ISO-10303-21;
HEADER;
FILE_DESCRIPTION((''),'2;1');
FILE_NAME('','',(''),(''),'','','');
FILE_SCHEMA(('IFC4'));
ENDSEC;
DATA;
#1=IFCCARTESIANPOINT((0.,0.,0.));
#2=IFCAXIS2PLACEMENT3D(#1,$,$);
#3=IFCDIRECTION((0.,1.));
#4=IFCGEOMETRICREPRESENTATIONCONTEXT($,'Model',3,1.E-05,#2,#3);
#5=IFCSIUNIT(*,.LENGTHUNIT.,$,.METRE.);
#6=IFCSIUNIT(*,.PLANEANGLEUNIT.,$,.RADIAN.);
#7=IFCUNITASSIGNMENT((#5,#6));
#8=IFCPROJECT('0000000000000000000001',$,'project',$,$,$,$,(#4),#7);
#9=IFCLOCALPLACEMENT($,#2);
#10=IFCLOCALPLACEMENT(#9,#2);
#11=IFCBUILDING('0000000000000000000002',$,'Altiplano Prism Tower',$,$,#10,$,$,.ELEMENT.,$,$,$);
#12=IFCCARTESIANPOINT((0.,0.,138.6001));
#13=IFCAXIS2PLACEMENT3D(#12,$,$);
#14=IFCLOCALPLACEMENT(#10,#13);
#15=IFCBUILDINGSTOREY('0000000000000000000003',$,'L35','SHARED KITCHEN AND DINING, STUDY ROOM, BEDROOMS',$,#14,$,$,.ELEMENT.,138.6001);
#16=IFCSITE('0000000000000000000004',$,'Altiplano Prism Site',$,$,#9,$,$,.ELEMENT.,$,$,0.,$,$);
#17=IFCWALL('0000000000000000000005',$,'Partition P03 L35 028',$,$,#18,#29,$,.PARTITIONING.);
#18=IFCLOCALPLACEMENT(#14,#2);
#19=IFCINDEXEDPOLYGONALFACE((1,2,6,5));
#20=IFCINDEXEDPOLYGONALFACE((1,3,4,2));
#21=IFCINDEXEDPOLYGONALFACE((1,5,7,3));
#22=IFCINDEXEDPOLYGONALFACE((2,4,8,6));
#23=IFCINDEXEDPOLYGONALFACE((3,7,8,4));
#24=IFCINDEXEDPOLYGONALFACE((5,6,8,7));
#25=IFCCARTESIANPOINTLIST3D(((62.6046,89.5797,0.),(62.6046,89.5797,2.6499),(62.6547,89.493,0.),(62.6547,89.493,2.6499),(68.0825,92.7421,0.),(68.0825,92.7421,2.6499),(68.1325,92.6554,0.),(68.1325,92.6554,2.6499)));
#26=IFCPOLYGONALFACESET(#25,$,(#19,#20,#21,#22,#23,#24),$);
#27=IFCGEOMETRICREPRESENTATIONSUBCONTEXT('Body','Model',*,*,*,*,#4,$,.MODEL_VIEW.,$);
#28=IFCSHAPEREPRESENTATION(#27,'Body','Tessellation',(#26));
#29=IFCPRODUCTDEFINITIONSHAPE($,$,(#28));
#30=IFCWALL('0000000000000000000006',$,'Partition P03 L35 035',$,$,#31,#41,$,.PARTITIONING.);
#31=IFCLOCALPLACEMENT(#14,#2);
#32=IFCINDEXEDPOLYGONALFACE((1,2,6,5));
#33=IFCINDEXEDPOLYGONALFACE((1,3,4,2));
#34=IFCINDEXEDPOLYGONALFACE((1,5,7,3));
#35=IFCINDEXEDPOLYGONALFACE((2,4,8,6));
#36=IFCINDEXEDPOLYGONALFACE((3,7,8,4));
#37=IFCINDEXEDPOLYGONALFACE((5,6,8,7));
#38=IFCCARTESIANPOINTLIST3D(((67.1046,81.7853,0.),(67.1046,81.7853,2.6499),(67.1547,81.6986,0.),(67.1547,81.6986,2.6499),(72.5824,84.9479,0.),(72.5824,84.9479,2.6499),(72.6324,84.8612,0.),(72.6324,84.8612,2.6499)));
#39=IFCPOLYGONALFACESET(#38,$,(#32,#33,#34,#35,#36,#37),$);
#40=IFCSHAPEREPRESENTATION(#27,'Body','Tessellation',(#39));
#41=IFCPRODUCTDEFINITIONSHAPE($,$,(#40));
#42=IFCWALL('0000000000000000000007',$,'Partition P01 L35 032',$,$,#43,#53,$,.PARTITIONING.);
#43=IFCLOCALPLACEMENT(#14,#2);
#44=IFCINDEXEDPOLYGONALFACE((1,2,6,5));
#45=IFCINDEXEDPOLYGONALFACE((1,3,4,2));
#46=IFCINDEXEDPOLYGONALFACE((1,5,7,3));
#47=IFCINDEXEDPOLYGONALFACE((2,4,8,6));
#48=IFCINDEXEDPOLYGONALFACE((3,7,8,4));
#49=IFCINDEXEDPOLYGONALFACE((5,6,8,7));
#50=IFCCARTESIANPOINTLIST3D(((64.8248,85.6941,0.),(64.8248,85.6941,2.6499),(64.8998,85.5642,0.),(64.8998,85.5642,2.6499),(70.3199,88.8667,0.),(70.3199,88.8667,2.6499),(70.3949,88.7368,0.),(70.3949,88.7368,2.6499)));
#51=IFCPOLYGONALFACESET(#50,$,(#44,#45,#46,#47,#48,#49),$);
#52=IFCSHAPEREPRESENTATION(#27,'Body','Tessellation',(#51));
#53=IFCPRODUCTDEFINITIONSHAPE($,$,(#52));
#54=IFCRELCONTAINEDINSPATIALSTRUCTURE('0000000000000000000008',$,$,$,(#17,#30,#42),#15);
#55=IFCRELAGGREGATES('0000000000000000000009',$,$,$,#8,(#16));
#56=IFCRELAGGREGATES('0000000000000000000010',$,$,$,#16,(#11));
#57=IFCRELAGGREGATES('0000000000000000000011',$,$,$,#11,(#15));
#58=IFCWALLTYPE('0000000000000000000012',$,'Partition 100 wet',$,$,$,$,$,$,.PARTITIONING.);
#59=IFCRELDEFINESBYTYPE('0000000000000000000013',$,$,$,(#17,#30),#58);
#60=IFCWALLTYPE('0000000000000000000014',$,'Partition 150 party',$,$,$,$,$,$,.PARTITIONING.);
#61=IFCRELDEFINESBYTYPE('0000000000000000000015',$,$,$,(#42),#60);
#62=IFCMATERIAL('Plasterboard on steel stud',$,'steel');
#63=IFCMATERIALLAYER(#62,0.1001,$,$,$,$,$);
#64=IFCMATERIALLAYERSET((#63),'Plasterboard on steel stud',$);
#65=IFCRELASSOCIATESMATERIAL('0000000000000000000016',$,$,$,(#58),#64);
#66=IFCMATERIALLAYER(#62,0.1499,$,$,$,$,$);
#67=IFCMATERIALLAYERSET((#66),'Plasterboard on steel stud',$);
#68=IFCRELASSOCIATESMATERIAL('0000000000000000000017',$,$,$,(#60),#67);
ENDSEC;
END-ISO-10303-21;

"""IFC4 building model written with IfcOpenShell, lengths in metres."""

from ifc_helpers import new_model, si_unit, direction, frame, frame_2d, origin, place, context, subcontext, project, spatial, rectangle, extrude, material, layer, layer_set, type_object, element, save


model = new_model("IFC4")

# Units and contexts
model_context = context("Model", 3, precision=1e-05, world=origin(), true_north=direction((0.0, 1.0)))
body_context = subcontext(model_context, "Body", "Model", "MODEL_VIEW")
ifc_project = project(units=[si_unit("LENGTHUNIT", "METRE"), si_unit("PLANEANGLEUNIT", "RADIAN")], contexts=[model_context])

# Site, building, storey
site_placement = place(None, origin())
site = spatial("IfcSite", under=ifc_project, at=site_placement, Name="Altiplano Prism Site", CompositionType="ELEMENT", RefElevation=0.0)
building_placement = place(site_placement, origin())
building = spatial("IfcBuilding", under=site, at=building_placement, Name="Altiplano Prism Tower", CompositionType="ELEMENT")
storey_placement = place(building_placement, frame((0.0, 0.0, 138.6001)))
storey = spatial("IfcBuildingStorey", under=building, at=storey_placement, Name="L35", Description="SHARED KITCHEN AND DINING, STUDY ROOM, BEDROOMS", CompositionType="ELEMENT", Elevation=138.6001)

# Walls
ifc_material_1 = material(Name="Plasterboard on steel stud", Category="steel")
ifc_layer_1 = layer(ifc_material_1, 0.1001)
ifc_layer_set_1 = layer_set([ifc_layer_1], Name="Plasterboard on steel stud")
wall_type_1 = type_object("IfcWallType", Name="Partition 100 wet", PredefinedType="PARTITIONING", material=ifc_layer_set_1)
for number, where, z_axis, x_axis, name in (
    (1, (62.6296, 89.5364, 0.0), (0.0, 0.0, 1.0), (0.866042, 0.499971, 0.0), "Partition P03 L35 028"),
    (2, (67.1296, 81.7419, 0.0), (0.0, 0.0, 1.0), (0.866026, 0.5, 0.0), "Partition P03 L35 035"),
):
    element("IfcWall", number, at=place(storey_placement, frame(where, z_axis=z_axis, x_axis=x_axis)), inside=storey, type_object=wall_type_1, Name=name, PredefinedType="PARTITIONING", context=body_context, shape_type="SweptSolid", body=[
        extrude(rectangle(XDim=6.3252, YDim=0.1001, at=frame_2d((3.1626, 0.0))), origin(), (0.0, 0.0, 1.0), 2.6499),
    ])
ifc_layer_2 = layer(ifc_material_1, 0.1499)
ifc_layer_set_2 = layer_set([ifc_layer_2], Name="Plasterboard on steel stud")
wall_type_2 = type_object("IfcWallType", Name="Partition 150 party", PredefinedType="PARTITIONING", material=ifc_layer_set_2)
wall_1_placement = place(storey_placement, frame((64.8623, 85.6292, 0.0), z_axis=(0.0, 0.0, 1.0), x_axis=(0.866025, 0.5, 0.0)))
element("IfcWall", 3, at=wall_1_placement, inside=storey, type_object=wall_type_2, Name="Partition P01 L35 032", PredefinedType="PARTITIONING", context=body_context, shape_type="SweptSolid", body=[
    extrude(rectangle(XDim=6.3452, YDim=0.1499, at=frame_2d((3.1726, 0.0))), origin(), (0.0, 0.0, 1.0), 2.6499),
])

save(model, "model.ifc")
